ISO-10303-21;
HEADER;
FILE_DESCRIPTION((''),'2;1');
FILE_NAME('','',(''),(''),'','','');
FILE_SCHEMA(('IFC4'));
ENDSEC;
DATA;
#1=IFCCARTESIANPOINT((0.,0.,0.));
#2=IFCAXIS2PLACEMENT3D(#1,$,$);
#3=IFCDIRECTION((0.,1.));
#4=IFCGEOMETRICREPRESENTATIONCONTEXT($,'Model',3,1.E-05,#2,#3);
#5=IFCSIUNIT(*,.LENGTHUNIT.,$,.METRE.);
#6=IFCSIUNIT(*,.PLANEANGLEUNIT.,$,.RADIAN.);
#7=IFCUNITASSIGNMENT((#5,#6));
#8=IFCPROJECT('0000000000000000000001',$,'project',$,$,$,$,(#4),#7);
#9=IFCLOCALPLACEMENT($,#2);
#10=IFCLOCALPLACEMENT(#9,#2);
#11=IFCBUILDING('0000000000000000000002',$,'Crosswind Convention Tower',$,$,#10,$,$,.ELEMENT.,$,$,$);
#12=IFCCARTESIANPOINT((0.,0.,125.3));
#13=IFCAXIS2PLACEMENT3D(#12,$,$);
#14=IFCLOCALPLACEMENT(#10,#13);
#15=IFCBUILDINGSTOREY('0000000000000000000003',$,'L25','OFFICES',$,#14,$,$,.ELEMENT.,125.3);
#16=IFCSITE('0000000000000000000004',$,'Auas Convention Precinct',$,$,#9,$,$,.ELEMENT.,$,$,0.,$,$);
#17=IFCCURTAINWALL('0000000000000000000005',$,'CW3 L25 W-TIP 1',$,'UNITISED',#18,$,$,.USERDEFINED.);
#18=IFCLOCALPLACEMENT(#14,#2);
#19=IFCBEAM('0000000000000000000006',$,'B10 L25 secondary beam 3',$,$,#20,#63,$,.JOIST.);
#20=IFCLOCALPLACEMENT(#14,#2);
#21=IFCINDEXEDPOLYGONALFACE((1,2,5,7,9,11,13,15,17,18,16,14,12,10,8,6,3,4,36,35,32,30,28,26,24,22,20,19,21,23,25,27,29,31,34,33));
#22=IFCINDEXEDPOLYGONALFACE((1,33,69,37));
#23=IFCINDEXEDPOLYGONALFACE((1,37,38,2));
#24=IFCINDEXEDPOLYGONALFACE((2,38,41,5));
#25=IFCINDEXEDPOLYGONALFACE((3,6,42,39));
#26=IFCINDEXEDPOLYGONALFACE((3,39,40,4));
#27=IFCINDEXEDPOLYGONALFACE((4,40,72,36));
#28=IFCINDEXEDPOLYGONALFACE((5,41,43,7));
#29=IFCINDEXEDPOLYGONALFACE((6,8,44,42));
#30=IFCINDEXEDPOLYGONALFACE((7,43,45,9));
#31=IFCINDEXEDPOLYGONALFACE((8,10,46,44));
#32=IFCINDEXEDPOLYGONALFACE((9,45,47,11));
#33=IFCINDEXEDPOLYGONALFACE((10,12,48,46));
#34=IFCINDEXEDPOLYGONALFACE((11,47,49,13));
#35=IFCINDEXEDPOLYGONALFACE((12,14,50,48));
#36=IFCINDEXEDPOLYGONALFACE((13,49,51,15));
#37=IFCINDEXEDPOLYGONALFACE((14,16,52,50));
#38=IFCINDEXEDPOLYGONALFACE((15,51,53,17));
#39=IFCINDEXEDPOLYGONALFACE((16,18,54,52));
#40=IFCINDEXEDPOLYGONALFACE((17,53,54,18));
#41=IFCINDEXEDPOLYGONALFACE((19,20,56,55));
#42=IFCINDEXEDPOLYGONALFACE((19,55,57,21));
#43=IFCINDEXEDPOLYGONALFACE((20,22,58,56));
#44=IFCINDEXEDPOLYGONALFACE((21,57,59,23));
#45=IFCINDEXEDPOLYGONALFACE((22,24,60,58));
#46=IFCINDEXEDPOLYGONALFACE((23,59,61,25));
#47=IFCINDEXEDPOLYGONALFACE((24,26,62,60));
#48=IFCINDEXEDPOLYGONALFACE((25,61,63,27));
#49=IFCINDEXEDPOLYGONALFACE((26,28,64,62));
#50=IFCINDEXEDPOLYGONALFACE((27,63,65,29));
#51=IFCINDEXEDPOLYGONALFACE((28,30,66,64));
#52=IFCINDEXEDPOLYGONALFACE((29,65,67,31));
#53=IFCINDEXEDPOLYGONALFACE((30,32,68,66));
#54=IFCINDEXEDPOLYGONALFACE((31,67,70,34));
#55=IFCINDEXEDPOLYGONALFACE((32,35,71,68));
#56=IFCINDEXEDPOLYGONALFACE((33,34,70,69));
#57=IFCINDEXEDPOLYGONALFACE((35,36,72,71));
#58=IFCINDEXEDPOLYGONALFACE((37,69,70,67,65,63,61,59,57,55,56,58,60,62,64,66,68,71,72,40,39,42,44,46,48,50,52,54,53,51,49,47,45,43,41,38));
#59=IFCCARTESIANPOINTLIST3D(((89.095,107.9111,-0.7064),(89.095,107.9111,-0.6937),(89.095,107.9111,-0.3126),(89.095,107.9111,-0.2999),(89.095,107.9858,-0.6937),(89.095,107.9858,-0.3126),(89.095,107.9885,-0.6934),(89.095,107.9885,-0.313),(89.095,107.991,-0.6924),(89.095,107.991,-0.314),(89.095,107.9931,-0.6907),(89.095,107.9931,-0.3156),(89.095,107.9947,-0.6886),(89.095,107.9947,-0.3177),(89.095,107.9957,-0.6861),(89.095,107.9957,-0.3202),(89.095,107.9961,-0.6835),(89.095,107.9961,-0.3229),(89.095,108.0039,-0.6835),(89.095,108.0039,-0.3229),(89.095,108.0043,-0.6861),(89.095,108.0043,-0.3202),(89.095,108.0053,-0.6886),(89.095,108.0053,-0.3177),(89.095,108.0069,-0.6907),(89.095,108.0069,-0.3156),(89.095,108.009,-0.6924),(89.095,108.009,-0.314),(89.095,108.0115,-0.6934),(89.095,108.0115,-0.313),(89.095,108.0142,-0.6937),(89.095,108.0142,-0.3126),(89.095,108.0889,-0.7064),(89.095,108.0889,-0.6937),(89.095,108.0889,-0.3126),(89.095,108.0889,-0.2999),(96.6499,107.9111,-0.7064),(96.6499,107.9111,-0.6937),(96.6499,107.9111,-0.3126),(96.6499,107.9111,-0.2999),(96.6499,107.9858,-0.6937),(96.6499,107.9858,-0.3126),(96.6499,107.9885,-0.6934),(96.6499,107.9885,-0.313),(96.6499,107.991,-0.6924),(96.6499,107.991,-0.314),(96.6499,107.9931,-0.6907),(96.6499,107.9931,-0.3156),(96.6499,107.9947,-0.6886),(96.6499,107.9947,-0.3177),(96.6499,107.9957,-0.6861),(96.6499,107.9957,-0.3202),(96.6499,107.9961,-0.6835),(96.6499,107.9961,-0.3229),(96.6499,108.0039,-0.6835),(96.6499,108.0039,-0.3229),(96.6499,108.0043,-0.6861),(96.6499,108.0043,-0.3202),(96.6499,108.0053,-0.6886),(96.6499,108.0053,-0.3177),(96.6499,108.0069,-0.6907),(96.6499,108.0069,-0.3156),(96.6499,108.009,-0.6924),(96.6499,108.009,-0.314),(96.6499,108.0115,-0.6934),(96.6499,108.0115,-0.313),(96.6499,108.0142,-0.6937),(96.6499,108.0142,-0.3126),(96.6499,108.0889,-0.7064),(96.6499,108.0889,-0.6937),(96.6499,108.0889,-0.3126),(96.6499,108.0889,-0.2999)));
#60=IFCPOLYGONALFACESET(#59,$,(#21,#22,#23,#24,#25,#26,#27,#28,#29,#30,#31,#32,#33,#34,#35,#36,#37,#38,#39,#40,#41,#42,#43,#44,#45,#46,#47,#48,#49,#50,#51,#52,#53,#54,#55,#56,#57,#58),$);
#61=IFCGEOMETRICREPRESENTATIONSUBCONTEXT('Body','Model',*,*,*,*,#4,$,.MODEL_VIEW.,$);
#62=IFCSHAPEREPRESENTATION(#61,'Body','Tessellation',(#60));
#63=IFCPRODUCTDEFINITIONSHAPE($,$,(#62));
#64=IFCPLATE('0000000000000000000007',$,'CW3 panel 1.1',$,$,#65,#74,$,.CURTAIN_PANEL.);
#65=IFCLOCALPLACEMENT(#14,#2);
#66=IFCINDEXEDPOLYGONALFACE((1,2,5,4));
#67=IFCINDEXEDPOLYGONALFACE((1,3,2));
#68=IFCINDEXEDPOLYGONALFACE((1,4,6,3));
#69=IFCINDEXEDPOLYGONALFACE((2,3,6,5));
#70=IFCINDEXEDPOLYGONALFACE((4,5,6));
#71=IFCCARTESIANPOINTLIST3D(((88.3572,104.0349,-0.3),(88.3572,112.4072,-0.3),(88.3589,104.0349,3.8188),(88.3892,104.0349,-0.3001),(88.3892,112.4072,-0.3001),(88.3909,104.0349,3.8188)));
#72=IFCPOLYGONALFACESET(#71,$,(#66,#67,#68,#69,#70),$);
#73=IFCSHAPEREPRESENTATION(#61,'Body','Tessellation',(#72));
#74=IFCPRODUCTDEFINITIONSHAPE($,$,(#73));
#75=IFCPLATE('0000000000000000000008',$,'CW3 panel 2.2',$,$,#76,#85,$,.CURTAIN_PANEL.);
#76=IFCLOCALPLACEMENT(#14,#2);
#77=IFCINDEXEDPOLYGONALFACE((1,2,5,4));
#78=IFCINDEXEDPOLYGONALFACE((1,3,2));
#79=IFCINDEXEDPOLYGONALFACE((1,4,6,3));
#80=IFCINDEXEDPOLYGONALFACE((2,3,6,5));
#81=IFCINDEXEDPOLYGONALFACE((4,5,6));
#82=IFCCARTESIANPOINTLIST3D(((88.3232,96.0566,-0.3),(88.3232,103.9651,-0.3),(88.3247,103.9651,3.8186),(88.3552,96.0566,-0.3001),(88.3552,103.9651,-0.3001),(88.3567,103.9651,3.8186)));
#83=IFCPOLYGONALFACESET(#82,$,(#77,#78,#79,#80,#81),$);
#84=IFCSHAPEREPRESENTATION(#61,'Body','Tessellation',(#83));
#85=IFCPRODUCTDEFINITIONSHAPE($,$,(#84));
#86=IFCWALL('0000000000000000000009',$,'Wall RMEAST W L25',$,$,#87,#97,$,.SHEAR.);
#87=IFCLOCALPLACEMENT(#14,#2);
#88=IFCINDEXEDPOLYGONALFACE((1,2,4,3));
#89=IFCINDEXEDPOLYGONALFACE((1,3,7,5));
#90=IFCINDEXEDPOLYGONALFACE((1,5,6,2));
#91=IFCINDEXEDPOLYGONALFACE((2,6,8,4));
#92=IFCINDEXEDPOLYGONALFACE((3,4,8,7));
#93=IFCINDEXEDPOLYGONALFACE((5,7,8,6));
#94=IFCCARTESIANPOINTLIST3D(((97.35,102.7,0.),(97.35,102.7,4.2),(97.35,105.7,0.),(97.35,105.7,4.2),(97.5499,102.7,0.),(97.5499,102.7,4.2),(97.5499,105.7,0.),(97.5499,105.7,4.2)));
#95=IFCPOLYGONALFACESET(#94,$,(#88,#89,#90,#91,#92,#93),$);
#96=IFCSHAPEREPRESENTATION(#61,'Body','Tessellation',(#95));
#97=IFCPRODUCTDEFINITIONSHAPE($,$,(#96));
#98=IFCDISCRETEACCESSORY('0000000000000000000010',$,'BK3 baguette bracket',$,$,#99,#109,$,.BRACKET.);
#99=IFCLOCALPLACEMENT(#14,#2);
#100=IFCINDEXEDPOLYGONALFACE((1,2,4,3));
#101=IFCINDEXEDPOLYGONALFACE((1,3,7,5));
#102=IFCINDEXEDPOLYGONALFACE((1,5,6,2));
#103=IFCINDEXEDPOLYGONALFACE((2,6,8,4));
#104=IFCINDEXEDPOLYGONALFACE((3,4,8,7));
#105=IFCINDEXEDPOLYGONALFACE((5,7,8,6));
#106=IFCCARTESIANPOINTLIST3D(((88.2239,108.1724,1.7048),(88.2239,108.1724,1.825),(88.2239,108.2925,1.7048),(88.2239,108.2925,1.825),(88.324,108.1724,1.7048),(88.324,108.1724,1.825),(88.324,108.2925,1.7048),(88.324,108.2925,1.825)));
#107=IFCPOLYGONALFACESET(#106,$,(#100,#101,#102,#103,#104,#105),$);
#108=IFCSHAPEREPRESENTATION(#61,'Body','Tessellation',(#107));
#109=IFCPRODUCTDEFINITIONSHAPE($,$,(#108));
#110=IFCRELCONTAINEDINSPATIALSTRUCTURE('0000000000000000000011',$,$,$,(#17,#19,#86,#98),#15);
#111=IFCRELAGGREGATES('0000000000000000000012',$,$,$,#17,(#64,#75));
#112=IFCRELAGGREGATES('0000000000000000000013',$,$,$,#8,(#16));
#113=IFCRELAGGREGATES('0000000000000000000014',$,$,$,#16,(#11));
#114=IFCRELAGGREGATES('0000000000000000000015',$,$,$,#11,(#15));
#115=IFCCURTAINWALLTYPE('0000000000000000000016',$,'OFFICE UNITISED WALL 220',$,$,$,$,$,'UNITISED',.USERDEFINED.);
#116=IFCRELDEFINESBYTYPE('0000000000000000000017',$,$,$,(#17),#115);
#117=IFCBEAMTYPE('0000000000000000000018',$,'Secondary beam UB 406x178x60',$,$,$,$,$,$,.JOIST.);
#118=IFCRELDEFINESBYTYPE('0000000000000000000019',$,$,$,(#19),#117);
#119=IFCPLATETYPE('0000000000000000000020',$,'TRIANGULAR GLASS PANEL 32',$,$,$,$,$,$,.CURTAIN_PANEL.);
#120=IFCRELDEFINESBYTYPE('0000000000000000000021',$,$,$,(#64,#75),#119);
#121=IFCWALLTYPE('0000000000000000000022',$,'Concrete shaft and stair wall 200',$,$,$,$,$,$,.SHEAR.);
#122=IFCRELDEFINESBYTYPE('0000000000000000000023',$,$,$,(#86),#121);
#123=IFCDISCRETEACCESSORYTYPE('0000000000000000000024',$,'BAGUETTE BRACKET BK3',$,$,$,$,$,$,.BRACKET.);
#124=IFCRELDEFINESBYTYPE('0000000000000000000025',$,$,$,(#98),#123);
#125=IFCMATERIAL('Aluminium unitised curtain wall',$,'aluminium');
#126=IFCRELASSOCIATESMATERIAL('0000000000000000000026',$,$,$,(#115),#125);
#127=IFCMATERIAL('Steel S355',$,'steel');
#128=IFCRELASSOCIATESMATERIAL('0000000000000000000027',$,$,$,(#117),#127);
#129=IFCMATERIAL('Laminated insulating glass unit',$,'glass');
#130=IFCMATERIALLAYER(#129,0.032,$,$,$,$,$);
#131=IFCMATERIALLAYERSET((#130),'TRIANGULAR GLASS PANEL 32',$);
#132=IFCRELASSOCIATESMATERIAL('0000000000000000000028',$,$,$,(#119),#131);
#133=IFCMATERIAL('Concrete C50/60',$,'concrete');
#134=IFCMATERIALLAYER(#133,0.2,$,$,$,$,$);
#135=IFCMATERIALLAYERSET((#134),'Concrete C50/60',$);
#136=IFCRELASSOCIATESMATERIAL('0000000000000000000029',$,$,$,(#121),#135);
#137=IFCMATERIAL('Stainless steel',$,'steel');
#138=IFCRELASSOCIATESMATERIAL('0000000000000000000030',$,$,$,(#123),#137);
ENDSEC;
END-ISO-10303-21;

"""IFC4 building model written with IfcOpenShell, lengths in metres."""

from ifc_helpers import new_model, si_unit, direction, frame, frame_2d, origin, origin_2d, place, context, subcontext, project, spatial, polyline, rectangle, i_section, outline, extrude, material, layer, layer_set, material_profile, profile_set, type_object, element, aggregate, save


model = new_model("IFC4")

# Units and contexts
model_context = context("Model", 3, precision=1e-05, world=origin(), true_north=direction((0.0, 1.0)))
body_context = subcontext(model_context, "Body", "Model", "MODEL_VIEW")
ifc_project = project(units=[si_unit("LENGTHUNIT", "METRE"), si_unit("PLANEANGLEUNIT", "RADIAN")], contexts=[model_context])

# Site, building, storey
site_placement = place(None, origin())
site = spatial("IfcSite", under=ifc_project, at=site_placement, Name="Auas Convention Precinct", CompositionType="ELEMENT", RefElevation=0.0)
building_placement = place(site_placement, origin())
building = spatial("IfcBuilding", under=site, at=building_placement, Name="Crosswind Convention Tower", CompositionType="ELEMENT")
storey_placement = place(building_placement, frame((0.0, 0.0, 125.3)))
storey = spatial("IfcBuildingStorey", under=building, at=storey_placement, Name="L25", Description="OFFICES", CompositionType="ELEMENT", Elevation=125.3)

# Shared definitions
ifc_material_1 = material(Name="Steel S355", Category="steel")

# Curtain wall
ifc_material_2 = material(Name="Aluminium unitised curtain wall", Category="aluminium")
curtain_wall_type = type_object("IfcCurtainWallType", Name="OFFICE UNITISED WALL 220", ElementType="UNITISED", PredefinedType="USERDEFINED", material=ifc_material_2)
curtain_wall_placement = place(storey_placement, origin())
curtain_wall = element("IfcCurtainWall", 1, at=curtain_wall_placement, inside=storey, type_object=curtain_wall_type, Name="CW3 L25 W-TIP 1", ObjectType="UNITISED", PredefinedType="USERDEFINED")

# Beam
ifc_material_profile_1 = material_profile(ifc_material_1, i_section(OverallWidth=0.1777, OverallDepth=0.4065, WebThickness=0.0078, FlangeThickness=0.0127, FilletRadius=0.0103, at=origin_2d()), Name="UB 406x178x60")
ifc_profile_set_1 = profile_set([ifc_material_profile_1], Name="Steel S355")
beam_type_1 = type_object("IfcBeamType", Name="Secondary beam UB 406x178x60", PredefinedType="JOIST", material=ifc_profile_set_1)
for number, where, z_axis, x_axis, name in (
    (2, (89.095, 108.0, -0.5032), (1.0, 0.0, 0.0), (0.0, 1.0, 0.0), "B10 L25 secondary beam 3"),
):
    element("IfcBeam", number, at=place(storey_placement, frame(where, z_axis=z_axis, x_axis=x_axis)), inside=storey, type_object=beam_type_1, Name=name, PredefinedType="JOIST", context=body_context, shape_type="SweptSolid", body=[
        extrude(i_section(OverallWidth=0.1777, OverallDepth=0.4065, WebThickness=0.0078, FlangeThickness=0.0127, FilletRadius=0.0103, at=origin_2d()), origin(), (0.0, 0.0, 1.0), 7.5549),
    ])

# Plates
ifc_material_3 = material(Name="Laminated insulating glass unit", Category="glass")
ifc_layer_1 = layer(ifc_material_3, 0.032)
ifc_layer_set_1 = layer_set([ifc_layer_1], Name="TRIANGULAR GLASS PANEL 32")
plate_type = type_object("IfcPlateType", Name="TRIANGULAR GLASS PANEL 32", PredefinedType="CURTAIN_PANEL", material=ifc_layer_set_1)
plate_1_placement = place(storey_placement, frame((88.3572, 104.0349, -0.3), z_axis=(-1.0, 0.0, 0.000415), x_axis=(0.000415, 0.0, 1.0)))
plate_1 = element("IfcPlate", 3, at=plate_1_placement, type_object=plate_type, Name="CW3 panel 1.1", PredefinedType="CURTAIN_PANEL", context=body_context, shape_type="SweptSolid", body=[
    extrude(outline(polyline([(0.0, 0.0), (4.1189, 0.0), (0.0, 8.3723), (0.0, 0.0)])), origin(), (0.0, 0.0, -1.0), 0.032),
])
plate_2_placement = place(storey_placement, frame((88.3232, 103.9651, -0.3), z_axis=(-1.0, 0.0, 0.000356), x_axis=(0.0, -1.0, 0.0)))
plate_2 = element("IfcPlate", 4, at=plate_2_placement, type_object=plate_type, Name="CW3 panel 2.2", PredefinedType="CURTAIN_PANEL", context=body_context, shape_type="SweptSolid", body=[
    extrude(outline(polyline([(0.0, 0.0), (7.9084, 0.0), (0.0, 4.1187), (0.0, 0.0)])), origin(), (0.0, 0.0, -1.0), 0.032),
])
aggregate(curtain_wall, [plate_1, plate_2])

# Wall
ifc_material_4 = material(Name="Concrete C50/60", Category="concrete")
ifc_layer_2 = layer(ifc_material_4, 0.2)
ifc_layer_set_2 = layer_set([ifc_layer_2], Name="Concrete C50/60")
wall_type = type_object("IfcWallType", Name="Concrete shaft and stair wall 200", PredefinedType="SHEAR", material=ifc_layer_set_2)
wall_placement = place(storey_placement, frame((97.45, 105.7, 0.0), z_axis=(0.0, 0.0, 1.0), x_axis=(0.0, -1.0, 0.0)))
element("IfcWall", 5, at=wall_placement, inside=storey, type_object=wall_type, Name="Wall RMEAST W L25", PredefinedType="SHEAR", context=body_context, shape_type="SweptSolid", body=[
    extrude(rectangle(XDim=3.0, YDim=0.2, at=frame_2d((1.5, 0.0))), origin(), (0.0, 0.0, 1.0), 4.2),
])

# Discrete accessory
ifc_material_5 = material(Name="Stainless steel", Category="steel")
discrete_accessory_type = type_object("IfcDiscreteAccessoryType", Name="BAGUETTE BRACKET BK3", PredefinedType="BRACKET", material=ifc_material_5)
discrete_accessory_placement = place(storey_placement, frame((88.2739, 108.2324, 1.7048), z_axis=(0.0, 0.0, 1.0), x_axis=(0.0, -1.0, 0.0)))
element("IfcDiscreteAccessory", 6, at=discrete_accessory_placement, inside=storey, type_object=discrete_accessory_type, Name="BK3 baguette bracket", PredefinedType="BRACKET", context=body_context, shape_type="SweptSolid", body=[
    extrude(rectangle(XDim=0.1201, YDim=0.1001, at=origin_2d()), origin(), (0.0, 0.0, 1.0), 0.1201),
])

save(model, "model.ifc")
